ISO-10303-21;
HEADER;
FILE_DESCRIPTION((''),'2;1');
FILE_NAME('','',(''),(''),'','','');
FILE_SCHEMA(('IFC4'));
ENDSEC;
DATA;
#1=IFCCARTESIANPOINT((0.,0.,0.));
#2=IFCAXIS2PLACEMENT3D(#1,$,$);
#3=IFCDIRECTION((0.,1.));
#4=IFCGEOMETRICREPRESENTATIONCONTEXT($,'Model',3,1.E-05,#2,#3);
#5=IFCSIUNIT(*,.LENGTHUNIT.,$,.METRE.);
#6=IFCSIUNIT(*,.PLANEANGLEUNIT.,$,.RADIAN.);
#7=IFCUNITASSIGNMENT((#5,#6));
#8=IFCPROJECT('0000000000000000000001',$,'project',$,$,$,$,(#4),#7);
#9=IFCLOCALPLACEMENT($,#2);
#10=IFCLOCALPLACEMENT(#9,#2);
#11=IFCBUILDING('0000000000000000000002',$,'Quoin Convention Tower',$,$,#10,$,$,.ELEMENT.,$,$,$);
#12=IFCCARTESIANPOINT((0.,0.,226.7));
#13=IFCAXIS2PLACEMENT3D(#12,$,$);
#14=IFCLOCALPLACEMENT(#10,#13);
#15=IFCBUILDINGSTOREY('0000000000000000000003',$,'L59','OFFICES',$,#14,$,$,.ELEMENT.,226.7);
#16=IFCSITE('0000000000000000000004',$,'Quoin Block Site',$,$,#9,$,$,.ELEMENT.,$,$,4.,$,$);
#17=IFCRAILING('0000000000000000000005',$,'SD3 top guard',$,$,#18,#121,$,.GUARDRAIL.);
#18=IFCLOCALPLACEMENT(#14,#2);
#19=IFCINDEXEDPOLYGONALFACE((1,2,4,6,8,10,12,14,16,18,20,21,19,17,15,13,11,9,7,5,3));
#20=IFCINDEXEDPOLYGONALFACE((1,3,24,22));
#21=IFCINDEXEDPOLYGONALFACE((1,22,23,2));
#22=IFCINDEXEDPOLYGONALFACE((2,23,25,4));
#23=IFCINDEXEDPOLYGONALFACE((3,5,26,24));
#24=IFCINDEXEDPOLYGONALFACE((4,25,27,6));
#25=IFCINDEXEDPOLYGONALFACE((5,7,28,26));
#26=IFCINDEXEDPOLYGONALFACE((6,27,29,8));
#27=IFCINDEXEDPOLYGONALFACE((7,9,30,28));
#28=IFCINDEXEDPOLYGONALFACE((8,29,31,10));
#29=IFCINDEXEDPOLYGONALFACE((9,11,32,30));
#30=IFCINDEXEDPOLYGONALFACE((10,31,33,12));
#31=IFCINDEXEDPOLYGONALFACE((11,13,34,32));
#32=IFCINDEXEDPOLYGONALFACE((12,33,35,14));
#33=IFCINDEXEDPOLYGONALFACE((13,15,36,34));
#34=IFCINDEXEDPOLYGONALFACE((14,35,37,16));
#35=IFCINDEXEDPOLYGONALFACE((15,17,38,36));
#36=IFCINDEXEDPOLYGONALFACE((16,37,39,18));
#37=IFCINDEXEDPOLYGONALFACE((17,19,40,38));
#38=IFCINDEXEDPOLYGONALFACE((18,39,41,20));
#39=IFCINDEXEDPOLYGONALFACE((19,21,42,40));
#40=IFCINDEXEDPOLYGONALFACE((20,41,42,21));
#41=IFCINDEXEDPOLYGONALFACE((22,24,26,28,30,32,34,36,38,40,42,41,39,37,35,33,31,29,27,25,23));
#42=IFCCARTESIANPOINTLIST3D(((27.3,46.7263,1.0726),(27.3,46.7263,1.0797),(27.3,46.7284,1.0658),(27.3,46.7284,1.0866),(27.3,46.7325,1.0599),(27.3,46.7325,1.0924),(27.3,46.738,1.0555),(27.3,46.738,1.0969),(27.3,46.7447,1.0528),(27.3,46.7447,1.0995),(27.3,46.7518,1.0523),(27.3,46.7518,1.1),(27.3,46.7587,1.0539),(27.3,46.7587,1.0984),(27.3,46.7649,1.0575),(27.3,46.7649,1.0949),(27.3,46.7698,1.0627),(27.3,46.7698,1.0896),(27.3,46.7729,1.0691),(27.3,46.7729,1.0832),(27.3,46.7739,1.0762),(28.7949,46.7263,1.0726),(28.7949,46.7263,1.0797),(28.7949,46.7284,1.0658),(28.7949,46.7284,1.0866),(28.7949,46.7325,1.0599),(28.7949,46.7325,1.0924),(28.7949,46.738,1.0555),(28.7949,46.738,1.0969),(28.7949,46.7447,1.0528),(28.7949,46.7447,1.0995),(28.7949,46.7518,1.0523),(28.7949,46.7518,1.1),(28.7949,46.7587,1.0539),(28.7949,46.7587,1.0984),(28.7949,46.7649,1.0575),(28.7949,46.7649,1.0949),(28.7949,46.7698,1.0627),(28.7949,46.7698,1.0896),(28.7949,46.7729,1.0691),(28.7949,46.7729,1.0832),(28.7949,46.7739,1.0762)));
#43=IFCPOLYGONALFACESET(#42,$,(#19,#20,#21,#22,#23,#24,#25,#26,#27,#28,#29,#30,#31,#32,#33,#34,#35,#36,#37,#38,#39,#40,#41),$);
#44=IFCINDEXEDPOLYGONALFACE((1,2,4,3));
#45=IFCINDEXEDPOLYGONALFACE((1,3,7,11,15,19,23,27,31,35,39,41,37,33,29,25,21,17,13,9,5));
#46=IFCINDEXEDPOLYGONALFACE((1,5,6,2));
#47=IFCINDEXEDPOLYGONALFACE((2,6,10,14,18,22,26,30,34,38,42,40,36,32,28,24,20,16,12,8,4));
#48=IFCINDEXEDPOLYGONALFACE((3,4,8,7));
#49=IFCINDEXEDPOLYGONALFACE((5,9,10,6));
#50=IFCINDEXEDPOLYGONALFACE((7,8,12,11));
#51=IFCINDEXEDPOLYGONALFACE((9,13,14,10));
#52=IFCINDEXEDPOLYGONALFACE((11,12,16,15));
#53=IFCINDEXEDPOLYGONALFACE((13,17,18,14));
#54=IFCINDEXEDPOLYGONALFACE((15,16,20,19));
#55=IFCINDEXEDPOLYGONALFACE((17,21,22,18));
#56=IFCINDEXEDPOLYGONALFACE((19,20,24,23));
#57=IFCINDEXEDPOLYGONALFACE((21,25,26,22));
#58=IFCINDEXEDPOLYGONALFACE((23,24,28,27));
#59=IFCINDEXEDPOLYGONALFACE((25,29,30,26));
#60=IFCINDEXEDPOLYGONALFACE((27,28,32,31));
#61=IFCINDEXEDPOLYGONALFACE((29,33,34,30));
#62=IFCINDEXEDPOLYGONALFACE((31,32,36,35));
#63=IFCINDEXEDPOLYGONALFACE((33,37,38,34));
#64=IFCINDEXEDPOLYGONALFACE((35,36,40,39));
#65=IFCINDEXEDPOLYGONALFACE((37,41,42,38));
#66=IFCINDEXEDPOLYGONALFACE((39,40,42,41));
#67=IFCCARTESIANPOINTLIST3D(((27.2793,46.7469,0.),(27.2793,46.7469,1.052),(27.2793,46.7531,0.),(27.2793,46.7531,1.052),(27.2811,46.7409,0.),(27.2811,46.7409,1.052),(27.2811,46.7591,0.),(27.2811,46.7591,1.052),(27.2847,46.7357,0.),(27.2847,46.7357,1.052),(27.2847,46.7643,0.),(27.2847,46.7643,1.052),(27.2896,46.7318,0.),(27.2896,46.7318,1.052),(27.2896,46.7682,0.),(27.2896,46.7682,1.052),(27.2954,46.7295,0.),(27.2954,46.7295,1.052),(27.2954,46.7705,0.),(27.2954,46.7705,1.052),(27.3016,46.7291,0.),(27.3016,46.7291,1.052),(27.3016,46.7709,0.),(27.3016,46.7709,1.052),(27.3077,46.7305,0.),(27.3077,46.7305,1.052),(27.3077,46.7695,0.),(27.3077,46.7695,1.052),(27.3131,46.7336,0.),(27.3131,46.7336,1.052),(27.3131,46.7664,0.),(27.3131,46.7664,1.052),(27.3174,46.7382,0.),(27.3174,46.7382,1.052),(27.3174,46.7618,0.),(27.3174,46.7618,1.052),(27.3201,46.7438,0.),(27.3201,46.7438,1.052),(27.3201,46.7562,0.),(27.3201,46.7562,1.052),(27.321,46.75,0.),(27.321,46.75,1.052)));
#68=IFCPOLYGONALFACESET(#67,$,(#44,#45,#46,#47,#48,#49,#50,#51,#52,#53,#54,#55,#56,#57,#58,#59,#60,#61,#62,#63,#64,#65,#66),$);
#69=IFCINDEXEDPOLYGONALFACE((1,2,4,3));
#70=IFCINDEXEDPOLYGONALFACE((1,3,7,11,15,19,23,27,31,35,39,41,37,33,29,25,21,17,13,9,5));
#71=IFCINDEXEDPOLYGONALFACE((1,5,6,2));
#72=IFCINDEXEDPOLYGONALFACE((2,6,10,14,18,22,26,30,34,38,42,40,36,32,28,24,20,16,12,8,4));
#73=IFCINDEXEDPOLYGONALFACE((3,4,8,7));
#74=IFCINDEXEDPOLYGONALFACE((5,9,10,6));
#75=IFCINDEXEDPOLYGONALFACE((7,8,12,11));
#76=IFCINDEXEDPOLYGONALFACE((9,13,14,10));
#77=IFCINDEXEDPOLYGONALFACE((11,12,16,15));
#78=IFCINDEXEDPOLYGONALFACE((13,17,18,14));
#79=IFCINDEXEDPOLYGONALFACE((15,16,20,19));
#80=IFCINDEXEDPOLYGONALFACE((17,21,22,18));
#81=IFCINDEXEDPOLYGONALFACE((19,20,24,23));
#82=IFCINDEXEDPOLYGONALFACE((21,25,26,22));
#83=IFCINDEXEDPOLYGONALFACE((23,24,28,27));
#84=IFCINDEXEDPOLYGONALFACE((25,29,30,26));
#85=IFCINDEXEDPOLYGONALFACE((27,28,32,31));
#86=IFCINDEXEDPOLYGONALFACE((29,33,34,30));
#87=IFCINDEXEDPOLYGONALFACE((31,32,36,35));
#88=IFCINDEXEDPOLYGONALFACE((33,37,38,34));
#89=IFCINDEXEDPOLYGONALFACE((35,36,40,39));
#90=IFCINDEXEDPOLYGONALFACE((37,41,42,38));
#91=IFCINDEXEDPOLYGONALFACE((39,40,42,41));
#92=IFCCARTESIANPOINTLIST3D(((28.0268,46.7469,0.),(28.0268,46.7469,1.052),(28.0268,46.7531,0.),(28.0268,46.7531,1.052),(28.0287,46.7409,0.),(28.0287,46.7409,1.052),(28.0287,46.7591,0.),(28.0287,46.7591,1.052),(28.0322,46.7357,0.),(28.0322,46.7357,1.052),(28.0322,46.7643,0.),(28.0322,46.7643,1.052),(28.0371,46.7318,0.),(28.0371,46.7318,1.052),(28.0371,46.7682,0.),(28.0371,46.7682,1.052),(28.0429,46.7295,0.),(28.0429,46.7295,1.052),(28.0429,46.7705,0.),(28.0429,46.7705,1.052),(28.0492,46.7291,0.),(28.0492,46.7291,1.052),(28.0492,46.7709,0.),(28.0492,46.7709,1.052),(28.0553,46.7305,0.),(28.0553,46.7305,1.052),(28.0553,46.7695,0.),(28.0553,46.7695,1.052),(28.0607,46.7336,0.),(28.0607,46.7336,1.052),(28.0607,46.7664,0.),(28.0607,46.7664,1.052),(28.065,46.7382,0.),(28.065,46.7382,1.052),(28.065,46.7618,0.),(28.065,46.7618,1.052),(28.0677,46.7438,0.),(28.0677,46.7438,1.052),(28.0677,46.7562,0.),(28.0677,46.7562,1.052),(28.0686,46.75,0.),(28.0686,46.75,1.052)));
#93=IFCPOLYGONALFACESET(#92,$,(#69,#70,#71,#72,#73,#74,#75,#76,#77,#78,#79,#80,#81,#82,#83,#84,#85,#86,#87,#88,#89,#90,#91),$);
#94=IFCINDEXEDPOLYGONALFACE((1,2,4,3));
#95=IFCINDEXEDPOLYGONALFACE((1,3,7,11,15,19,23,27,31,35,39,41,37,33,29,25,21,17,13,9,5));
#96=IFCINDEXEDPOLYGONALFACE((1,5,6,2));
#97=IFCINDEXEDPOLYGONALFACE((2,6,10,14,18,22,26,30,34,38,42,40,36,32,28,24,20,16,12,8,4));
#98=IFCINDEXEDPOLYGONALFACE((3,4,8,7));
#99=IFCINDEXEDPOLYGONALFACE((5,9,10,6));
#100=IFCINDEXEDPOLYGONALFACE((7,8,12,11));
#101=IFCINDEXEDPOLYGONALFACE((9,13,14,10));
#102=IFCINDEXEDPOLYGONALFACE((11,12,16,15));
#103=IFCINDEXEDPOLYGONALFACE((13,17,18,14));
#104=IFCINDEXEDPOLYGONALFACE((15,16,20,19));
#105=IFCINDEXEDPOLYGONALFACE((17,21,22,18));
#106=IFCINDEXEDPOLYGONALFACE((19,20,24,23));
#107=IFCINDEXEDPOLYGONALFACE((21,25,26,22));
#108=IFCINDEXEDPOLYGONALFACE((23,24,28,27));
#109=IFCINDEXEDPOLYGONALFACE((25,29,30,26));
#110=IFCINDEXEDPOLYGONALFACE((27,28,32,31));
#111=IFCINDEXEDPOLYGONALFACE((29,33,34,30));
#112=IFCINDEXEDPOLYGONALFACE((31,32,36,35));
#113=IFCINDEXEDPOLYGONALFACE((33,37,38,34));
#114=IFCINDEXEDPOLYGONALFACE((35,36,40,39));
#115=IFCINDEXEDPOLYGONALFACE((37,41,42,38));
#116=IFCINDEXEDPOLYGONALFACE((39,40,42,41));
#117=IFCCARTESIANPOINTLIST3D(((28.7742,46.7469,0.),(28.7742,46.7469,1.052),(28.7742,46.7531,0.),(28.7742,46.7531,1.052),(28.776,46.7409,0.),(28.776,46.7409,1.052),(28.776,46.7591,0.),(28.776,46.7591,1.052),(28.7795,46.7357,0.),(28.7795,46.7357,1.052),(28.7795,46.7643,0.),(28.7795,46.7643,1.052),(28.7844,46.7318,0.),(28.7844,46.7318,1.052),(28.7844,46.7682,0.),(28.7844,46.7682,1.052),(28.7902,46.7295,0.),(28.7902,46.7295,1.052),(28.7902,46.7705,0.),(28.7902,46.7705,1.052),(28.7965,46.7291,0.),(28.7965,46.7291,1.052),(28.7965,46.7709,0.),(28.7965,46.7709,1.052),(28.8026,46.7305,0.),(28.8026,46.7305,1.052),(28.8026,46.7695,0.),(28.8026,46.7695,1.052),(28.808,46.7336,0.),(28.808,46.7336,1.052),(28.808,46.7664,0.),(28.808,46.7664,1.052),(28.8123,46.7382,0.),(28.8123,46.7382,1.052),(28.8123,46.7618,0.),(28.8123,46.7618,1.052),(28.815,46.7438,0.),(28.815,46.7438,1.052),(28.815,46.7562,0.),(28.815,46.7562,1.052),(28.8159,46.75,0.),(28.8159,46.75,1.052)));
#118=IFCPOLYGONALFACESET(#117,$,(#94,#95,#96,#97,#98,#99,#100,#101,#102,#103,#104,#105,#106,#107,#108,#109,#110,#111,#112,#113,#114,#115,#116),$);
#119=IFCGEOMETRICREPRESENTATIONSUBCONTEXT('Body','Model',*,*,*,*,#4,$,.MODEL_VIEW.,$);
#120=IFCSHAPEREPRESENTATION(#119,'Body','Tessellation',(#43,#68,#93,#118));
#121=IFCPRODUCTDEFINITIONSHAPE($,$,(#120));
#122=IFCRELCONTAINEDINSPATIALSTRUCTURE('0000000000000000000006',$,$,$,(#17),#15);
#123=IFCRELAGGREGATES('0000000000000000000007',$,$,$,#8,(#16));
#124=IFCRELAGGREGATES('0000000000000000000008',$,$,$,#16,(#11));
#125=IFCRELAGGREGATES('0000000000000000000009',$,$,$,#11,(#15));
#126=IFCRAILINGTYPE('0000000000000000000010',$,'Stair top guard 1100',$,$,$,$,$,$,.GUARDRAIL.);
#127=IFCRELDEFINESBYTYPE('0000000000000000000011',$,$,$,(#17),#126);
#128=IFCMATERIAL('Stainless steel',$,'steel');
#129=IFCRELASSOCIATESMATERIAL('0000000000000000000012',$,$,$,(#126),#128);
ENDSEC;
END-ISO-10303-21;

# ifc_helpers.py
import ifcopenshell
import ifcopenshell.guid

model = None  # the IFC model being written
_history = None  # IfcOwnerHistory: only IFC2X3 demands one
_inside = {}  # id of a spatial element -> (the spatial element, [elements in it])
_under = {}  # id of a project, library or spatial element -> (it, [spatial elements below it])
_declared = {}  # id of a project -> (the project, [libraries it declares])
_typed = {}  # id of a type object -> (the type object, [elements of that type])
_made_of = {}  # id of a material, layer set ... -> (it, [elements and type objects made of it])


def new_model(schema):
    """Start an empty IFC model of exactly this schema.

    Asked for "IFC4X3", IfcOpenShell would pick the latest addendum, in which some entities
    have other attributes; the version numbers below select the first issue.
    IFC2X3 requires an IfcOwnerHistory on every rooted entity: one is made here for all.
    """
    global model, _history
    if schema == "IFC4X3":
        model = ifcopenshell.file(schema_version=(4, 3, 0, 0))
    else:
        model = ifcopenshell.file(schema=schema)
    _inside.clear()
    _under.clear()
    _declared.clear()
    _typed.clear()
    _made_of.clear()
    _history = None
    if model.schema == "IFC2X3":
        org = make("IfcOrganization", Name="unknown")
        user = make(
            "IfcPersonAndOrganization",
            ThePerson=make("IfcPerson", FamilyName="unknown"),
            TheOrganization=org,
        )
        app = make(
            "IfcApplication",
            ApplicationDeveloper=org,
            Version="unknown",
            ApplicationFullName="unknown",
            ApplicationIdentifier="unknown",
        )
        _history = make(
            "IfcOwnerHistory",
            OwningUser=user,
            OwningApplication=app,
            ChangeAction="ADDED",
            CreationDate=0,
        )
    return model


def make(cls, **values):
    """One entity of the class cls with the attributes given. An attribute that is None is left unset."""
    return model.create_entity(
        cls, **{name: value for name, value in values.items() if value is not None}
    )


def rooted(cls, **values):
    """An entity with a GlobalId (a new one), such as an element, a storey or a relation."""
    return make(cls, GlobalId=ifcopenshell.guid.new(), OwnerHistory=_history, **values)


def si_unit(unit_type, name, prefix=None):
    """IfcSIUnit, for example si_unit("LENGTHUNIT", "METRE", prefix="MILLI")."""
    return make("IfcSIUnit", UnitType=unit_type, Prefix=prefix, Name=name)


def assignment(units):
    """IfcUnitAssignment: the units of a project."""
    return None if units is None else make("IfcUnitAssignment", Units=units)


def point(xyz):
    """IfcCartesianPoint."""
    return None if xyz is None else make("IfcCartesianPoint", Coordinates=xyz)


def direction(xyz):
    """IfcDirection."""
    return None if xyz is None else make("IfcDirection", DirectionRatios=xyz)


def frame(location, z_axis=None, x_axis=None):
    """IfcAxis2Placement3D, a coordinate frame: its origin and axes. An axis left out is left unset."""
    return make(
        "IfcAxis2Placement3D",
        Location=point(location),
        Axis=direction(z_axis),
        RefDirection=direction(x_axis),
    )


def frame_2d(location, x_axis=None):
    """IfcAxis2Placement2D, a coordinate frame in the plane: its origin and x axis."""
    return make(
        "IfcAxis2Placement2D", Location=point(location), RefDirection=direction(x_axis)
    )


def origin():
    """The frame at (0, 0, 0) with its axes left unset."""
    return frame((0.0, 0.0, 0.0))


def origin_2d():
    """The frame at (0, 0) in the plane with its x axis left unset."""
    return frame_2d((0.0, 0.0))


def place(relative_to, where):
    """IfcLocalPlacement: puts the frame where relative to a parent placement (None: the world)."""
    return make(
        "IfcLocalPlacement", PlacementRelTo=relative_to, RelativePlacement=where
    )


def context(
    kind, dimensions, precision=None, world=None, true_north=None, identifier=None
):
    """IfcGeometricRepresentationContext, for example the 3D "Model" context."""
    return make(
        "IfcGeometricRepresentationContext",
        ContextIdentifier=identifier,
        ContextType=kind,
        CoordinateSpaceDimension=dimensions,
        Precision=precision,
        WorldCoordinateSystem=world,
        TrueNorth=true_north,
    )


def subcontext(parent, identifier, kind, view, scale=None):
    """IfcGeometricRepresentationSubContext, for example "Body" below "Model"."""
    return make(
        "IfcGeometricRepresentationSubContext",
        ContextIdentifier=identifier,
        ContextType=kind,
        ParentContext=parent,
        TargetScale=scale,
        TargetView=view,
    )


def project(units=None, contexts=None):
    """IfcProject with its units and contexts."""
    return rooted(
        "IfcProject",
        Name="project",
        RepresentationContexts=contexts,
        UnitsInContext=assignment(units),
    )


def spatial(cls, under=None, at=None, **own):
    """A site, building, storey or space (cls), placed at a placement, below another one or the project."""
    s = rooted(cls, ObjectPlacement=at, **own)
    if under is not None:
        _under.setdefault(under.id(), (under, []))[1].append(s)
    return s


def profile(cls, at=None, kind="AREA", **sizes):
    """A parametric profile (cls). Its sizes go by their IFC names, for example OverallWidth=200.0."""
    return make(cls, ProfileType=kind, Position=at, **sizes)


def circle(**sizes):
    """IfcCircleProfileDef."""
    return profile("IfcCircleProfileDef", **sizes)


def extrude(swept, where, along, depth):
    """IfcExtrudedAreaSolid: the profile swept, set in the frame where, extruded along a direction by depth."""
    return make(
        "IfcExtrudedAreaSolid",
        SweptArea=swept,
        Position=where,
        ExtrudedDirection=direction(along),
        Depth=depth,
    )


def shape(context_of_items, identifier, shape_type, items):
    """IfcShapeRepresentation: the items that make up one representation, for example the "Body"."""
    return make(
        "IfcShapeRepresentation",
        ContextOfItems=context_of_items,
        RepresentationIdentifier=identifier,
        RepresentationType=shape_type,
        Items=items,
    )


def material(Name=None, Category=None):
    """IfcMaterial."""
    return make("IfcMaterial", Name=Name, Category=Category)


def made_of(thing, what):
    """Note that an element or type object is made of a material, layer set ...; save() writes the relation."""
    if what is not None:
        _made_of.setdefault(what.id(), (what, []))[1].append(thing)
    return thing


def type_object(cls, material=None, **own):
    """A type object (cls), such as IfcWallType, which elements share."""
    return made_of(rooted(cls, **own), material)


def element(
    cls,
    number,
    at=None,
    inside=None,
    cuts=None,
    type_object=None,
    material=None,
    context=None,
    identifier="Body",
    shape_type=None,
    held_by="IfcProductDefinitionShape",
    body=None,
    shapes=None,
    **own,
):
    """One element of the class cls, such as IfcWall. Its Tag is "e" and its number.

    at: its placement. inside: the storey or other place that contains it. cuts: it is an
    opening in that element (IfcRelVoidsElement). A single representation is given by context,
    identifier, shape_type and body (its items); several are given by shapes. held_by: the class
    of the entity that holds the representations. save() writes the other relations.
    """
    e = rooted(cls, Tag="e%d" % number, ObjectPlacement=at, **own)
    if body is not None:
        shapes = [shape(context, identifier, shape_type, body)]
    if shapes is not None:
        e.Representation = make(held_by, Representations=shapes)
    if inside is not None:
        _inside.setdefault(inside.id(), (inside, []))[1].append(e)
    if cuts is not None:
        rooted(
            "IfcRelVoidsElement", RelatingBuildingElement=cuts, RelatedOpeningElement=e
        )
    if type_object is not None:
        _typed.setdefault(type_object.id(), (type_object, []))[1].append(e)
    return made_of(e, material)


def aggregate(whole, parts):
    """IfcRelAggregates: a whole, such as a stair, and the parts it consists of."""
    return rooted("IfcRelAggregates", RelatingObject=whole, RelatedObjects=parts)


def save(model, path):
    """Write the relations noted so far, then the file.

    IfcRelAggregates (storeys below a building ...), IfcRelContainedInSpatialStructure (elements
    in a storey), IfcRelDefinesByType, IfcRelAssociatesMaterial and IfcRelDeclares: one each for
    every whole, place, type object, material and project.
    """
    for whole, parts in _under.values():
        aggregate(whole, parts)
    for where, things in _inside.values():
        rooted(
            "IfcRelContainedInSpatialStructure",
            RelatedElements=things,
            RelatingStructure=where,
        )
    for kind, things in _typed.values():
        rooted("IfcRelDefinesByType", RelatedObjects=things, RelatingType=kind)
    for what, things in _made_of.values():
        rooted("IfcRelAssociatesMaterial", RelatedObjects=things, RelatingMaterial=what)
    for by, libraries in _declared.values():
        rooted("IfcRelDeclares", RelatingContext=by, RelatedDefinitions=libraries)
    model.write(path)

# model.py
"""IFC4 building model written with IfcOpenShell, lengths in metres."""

from ifc_helpers import new_model, si_unit, direction, frame, origin, origin_2d, place, context, subcontext, project, spatial, circle, extrude, material, type_object, element, save


model = new_model("IFC4")

# Units and contexts
model_context = context("Model", 3, precision=1e-05, world=origin(), true_north=direction((0.0, 1.0)))
body_context = subcontext(model_context, "Body", "Model", "MODEL_VIEW")
ifc_project = project(units=[si_unit("LENGTHUNIT", "METRE"), si_unit("PLANEANGLEUNIT", "RADIAN")], contexts=[model_context])

# Site, building, storey
site_placement = place(None, origin())
site = spatial("IfcSite", under=ifc_project, at=site_placement, Name="Quoin Block Site", CompositionType="ELEMENT", RefElevation=4.0)
building_placement = place(site_placement, origin())
building = spatial("IfcBuilding", under=site, at=building_placement, Name="Quoin Convention Tower", CompositionType="ELEMENT")
storey_placement = place(building_placement, frame((0.0, 0.0, 226.7)))
storey = spatial("IfcBuildingStorey", under=building, at=storey_placement, Name="L59", Description="OFFICES", CompositionType="ELEMENT", Elevation=226.7)

# Railing
ifc_material_1 = material(Name="Stainless steel", Category="steel")
railing_type_1 = type_object("IfcRailingType", Name="Stair top guard 1100", PredefinedType="GUARDRAIL", material=ifc_material_1)
railing_1_placement = place(storey_placement, frame((27.3, 46.75, 0.0)))
element("IfcRailing", 1, at=railing_1_placement, inside=storey, type_object=railing_type_1, Name="SD3 top guard", PredefinedType="GUARDRAIL", context=body_context, shape_type="SweptSolid", body=[
    extrude(circle(Radius=0.0239, at=origin_2d()), frame((0.0, 0.0, 1.0762), z_axis=(1.0, 0.0, 0.0), x_axis=(0.0, 1.0, 0.0)), (0.0, 0.0, 1.0), 1.4949),
    extrude(circle(Radius=0.021, at=origin_2d()), origin(), (0.0, 0.0, 1.0), 1.052),
    extrude(circle(Radius=0.021, at=origin_2d()), frame((0.7476, 0.0, 0.0)), (0.0, 0.0, 1.0), 1.052),
    extrude(circle(Radius=0.021, at=origin_2d()), frame((1.4949, 0.0, 0.0)), (0.0, 0.0, 1.0), 1.052),
])

save(model, "model.ifc")
